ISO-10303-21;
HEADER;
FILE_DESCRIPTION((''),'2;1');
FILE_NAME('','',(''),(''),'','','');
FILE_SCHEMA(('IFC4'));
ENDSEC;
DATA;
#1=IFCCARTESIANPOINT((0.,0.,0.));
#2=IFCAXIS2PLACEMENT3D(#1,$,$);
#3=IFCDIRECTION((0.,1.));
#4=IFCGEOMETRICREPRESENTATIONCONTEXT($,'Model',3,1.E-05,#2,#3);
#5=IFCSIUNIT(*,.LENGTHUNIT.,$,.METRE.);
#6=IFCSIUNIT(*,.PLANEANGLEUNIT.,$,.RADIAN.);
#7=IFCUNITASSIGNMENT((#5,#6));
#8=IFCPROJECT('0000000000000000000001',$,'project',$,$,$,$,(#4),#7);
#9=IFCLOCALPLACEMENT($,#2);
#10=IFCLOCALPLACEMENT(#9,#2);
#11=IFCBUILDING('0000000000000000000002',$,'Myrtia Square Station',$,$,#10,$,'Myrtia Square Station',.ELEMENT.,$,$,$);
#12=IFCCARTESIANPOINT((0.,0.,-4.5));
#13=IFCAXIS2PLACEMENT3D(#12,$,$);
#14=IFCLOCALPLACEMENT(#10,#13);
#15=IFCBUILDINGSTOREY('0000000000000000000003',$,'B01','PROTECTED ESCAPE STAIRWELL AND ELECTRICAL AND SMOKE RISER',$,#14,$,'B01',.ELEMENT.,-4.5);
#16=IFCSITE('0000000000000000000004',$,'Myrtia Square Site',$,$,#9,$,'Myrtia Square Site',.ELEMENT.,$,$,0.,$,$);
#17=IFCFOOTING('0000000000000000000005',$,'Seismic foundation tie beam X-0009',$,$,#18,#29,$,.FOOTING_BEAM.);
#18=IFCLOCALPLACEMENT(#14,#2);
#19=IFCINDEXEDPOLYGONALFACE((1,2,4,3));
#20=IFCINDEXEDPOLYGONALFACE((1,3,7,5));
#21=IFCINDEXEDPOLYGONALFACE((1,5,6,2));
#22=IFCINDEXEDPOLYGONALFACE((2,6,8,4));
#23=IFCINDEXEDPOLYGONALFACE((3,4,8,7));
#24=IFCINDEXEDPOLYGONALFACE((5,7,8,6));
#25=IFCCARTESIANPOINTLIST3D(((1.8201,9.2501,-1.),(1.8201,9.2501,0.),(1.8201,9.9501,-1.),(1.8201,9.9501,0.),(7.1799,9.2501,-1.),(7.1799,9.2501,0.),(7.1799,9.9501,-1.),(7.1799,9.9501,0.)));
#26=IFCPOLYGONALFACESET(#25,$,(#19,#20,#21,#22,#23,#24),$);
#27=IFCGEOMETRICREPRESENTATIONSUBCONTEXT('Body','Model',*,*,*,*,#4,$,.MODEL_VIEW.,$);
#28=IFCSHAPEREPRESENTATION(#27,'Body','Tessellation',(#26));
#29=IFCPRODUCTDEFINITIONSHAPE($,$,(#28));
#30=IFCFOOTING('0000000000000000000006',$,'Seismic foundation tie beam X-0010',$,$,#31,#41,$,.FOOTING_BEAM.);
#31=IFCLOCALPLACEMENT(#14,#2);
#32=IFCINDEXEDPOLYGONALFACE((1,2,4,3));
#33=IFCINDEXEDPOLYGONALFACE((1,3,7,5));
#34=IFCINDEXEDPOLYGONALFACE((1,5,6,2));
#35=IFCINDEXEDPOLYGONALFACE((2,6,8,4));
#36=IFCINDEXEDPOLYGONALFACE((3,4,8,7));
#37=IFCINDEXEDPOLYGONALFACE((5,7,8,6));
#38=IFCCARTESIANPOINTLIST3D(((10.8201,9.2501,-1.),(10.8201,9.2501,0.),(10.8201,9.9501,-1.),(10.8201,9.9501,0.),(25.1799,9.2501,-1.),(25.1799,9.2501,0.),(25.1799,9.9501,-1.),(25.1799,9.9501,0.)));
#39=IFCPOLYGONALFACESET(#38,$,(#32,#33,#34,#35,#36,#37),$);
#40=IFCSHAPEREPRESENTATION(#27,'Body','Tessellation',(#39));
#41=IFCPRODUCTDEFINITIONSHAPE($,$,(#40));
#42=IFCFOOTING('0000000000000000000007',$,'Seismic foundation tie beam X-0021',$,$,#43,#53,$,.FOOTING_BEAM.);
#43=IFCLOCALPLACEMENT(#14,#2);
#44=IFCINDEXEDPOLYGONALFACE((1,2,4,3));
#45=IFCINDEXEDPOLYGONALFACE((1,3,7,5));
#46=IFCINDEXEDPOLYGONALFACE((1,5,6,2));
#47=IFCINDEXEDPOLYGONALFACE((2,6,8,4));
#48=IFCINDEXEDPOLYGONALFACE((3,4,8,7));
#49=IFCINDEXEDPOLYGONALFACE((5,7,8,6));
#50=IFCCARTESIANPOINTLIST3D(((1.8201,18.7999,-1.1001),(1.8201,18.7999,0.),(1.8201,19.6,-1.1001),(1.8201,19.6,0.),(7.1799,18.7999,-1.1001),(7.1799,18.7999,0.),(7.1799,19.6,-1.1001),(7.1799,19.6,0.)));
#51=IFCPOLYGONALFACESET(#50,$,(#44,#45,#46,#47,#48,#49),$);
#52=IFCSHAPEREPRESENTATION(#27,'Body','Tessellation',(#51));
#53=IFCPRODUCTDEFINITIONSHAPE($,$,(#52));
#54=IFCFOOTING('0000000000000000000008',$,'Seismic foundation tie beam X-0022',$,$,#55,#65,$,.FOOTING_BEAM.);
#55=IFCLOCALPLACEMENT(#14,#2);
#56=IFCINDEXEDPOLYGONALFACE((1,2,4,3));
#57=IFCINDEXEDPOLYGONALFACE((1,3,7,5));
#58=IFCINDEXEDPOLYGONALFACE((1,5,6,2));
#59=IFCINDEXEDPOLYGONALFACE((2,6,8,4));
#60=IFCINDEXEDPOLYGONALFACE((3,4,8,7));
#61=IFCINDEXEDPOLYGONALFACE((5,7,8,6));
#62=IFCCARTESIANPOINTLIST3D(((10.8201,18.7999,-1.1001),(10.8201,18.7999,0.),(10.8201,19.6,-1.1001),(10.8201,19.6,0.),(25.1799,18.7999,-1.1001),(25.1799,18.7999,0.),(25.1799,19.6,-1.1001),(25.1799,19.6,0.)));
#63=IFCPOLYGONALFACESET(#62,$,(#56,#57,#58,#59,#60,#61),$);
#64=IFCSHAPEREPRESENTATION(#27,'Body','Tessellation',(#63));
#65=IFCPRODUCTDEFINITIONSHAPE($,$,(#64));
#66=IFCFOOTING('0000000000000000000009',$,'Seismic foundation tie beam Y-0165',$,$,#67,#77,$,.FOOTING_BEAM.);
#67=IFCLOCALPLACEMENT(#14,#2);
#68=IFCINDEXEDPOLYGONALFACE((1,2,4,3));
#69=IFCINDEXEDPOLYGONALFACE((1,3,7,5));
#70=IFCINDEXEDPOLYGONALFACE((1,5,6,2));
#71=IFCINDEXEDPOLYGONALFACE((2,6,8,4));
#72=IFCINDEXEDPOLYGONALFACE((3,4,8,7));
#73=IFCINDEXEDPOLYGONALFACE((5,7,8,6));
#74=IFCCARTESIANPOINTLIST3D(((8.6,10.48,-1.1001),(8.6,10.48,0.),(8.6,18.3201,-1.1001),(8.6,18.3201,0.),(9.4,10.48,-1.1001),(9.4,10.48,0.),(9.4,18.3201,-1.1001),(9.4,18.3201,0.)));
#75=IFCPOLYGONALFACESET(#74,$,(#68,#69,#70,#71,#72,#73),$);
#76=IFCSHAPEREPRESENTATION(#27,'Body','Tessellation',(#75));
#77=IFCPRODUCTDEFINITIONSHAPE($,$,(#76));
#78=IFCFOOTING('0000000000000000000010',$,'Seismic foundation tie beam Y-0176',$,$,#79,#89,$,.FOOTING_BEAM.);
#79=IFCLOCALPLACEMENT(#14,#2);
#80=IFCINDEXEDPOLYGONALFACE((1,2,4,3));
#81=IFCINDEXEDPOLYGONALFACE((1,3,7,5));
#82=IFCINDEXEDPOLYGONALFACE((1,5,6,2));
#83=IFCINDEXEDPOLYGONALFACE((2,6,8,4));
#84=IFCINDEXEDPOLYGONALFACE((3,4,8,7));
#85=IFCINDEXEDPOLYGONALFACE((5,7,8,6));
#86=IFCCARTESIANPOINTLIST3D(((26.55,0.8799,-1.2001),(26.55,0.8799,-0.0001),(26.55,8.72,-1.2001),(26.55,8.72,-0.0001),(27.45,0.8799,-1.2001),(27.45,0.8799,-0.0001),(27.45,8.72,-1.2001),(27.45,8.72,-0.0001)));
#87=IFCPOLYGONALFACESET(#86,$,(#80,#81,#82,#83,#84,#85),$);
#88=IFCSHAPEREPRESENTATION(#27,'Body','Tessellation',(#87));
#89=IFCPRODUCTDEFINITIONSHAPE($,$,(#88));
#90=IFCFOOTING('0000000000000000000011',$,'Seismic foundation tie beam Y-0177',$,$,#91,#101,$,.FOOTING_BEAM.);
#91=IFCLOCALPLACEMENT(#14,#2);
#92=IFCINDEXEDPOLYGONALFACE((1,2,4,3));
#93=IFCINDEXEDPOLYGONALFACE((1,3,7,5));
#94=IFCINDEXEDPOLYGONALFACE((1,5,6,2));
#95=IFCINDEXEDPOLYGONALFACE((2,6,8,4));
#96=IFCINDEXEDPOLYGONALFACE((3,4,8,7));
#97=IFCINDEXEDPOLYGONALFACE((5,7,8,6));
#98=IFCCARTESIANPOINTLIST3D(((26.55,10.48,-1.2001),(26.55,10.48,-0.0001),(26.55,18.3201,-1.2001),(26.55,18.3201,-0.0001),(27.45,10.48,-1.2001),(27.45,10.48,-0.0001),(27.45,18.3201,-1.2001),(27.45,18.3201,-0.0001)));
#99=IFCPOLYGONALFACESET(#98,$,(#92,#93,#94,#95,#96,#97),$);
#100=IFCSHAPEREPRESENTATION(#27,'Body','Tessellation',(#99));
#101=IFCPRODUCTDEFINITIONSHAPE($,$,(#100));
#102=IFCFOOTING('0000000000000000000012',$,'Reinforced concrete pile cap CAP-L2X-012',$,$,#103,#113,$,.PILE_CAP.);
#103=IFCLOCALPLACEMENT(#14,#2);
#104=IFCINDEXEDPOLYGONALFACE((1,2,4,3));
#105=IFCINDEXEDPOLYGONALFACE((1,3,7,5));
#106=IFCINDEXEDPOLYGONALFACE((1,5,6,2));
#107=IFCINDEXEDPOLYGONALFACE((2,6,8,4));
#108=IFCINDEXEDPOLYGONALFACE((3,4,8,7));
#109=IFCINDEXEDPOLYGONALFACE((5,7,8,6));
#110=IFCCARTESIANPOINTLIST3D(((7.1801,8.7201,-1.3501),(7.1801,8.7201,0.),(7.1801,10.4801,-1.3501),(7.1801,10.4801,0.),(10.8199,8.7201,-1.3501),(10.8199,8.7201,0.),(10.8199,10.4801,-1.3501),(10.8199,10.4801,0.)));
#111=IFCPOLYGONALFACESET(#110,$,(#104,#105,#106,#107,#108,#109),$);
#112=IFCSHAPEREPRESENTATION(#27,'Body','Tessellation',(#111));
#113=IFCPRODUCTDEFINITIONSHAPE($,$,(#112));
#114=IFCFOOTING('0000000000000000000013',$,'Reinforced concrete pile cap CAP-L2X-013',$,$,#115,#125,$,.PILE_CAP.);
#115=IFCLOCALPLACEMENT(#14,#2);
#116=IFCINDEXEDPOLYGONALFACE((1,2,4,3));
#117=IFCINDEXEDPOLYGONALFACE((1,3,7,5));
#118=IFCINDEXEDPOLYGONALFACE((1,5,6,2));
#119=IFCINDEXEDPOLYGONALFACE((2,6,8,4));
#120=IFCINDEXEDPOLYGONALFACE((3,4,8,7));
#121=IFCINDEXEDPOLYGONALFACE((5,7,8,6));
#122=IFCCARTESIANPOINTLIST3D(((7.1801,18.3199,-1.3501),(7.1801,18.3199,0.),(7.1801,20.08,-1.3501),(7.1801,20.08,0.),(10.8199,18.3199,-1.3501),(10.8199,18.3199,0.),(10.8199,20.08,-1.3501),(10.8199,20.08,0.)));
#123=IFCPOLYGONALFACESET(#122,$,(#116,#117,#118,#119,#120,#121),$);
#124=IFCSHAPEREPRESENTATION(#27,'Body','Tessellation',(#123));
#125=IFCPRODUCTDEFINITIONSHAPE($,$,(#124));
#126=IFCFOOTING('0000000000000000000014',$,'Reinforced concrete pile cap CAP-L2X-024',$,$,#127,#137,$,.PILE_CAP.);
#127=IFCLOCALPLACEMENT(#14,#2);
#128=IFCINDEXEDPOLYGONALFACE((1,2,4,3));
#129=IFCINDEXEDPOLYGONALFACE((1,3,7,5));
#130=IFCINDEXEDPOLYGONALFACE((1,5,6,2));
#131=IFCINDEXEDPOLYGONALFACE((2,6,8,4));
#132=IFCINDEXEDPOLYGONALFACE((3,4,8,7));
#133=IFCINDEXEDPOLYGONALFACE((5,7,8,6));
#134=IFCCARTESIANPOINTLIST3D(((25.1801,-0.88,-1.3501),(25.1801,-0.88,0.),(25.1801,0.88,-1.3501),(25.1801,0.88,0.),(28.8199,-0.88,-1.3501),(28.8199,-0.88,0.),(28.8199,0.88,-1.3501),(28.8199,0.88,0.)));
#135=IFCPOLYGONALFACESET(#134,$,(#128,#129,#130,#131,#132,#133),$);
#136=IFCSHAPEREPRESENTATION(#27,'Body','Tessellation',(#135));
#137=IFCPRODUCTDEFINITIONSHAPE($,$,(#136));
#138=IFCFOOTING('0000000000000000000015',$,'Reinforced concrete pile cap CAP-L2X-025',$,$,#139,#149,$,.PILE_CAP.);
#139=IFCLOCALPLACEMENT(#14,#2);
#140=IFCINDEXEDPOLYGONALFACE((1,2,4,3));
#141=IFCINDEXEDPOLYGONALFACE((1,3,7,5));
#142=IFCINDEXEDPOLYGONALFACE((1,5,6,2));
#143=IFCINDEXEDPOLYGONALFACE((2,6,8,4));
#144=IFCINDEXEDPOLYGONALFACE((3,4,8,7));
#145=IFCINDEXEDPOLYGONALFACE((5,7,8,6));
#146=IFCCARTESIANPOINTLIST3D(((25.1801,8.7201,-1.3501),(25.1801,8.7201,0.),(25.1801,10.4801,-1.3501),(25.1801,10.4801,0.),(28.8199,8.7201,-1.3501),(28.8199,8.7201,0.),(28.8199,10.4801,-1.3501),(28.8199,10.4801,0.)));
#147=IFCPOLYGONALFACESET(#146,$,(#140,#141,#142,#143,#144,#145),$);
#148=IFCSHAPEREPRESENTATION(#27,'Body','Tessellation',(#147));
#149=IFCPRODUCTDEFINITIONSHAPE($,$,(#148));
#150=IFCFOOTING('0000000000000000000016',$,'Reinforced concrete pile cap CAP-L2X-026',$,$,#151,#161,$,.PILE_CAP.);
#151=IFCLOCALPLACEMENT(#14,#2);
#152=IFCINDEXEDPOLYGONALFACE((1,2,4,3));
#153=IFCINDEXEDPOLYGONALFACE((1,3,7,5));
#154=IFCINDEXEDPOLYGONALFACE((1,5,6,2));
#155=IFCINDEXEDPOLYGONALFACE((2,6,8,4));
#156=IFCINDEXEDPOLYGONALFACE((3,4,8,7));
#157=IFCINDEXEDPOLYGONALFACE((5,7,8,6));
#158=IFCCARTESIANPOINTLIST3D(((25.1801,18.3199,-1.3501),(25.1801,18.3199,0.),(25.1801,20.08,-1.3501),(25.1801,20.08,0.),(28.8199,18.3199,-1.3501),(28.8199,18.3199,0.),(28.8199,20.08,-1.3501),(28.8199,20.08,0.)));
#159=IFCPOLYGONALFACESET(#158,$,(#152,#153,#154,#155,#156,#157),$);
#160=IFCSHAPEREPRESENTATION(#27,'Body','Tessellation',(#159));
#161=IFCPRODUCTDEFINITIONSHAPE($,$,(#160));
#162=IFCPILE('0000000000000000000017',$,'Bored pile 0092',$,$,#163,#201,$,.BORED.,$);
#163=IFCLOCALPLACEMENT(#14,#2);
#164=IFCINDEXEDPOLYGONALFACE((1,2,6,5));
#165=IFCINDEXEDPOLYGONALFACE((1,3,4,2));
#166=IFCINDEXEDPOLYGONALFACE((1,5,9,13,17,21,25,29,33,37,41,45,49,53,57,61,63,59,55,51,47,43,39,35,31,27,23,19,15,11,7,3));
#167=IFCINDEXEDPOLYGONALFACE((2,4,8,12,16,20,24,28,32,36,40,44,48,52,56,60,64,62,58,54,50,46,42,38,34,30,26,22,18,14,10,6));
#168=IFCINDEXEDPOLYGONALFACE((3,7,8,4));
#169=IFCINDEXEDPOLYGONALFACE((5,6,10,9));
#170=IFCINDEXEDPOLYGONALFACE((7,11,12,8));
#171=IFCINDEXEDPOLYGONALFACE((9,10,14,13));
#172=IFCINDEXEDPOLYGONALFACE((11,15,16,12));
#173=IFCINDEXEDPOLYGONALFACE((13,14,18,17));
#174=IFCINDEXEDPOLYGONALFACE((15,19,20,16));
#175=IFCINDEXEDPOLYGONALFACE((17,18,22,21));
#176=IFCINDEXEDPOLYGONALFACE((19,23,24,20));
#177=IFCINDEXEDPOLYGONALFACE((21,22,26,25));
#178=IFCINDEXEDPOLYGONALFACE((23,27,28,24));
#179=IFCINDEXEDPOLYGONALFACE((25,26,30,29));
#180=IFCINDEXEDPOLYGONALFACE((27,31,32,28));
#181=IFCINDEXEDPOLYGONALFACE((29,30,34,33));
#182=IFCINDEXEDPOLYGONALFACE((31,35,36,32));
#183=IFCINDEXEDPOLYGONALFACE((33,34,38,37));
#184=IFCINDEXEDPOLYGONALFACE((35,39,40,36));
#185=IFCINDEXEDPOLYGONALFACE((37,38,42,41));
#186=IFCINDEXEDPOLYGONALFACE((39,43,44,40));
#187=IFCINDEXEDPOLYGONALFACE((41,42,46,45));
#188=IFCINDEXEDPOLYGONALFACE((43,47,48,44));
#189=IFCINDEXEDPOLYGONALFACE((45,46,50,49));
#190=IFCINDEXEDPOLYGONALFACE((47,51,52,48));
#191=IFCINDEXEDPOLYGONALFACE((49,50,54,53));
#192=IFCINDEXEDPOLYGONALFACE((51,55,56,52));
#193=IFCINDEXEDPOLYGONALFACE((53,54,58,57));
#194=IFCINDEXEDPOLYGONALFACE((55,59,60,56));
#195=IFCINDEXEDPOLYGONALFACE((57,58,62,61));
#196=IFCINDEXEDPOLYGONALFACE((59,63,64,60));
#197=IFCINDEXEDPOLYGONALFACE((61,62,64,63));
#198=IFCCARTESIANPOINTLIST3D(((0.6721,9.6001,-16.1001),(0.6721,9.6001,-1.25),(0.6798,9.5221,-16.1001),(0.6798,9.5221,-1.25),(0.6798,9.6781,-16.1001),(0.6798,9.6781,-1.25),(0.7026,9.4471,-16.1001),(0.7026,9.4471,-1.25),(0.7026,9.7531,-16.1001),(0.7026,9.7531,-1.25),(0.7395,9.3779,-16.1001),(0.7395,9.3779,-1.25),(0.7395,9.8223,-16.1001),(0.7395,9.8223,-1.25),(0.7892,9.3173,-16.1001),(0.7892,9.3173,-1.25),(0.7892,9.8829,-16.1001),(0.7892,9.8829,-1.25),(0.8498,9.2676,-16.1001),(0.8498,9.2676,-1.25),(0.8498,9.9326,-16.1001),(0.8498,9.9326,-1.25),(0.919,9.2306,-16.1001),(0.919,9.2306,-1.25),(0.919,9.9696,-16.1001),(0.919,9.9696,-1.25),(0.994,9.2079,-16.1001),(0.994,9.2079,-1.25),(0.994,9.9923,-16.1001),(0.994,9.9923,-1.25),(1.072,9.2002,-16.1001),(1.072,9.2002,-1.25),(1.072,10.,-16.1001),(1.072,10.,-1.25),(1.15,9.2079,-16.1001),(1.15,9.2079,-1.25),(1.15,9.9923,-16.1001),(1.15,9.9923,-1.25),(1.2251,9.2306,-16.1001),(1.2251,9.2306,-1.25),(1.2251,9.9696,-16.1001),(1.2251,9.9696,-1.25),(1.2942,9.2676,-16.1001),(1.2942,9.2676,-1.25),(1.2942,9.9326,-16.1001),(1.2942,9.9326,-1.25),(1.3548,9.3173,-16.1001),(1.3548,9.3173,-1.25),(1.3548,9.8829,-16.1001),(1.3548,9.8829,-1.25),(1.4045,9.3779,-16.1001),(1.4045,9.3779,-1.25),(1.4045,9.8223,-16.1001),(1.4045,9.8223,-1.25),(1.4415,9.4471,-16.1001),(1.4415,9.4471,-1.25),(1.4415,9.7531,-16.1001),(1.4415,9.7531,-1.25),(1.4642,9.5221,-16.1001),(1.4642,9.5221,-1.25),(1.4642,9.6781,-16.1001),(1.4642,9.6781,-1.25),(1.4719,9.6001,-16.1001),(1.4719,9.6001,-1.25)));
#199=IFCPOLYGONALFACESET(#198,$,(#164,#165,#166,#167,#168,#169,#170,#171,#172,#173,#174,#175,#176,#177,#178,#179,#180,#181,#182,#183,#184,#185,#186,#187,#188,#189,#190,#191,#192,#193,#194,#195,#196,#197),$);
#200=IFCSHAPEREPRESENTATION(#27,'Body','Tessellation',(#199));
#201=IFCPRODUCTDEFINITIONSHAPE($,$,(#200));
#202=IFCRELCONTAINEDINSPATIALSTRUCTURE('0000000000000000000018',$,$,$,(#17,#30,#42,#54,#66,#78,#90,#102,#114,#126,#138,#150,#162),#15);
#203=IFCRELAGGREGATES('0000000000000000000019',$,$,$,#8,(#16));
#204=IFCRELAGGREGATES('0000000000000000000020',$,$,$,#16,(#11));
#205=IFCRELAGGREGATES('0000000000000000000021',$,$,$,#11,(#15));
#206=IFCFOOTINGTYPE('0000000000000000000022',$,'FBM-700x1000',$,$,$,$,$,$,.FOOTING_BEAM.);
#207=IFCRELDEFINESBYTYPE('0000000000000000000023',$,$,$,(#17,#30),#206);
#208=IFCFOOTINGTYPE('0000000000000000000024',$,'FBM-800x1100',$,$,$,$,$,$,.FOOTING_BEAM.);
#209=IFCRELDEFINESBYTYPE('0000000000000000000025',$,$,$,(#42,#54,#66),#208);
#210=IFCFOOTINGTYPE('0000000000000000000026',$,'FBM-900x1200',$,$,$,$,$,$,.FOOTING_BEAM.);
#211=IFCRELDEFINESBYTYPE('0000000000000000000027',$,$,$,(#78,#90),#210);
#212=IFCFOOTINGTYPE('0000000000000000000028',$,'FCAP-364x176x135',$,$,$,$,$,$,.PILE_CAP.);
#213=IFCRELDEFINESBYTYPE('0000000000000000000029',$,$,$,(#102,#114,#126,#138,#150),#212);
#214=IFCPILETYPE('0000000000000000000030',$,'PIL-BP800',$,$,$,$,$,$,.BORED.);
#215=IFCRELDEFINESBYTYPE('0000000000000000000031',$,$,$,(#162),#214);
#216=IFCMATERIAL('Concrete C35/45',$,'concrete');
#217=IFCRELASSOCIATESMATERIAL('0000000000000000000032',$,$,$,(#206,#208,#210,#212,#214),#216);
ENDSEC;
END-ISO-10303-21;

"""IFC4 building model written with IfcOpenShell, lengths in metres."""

from ifc_helpers import new_model, si_unit, direction, frame, origin, origin_2d, place, context, subcontext, project, spatial, rectangle, circle, extrude, material, material_profile, profile_set, type_object, element, save


model = new_model("IFC4")

# Units and contexts
model_context = context("Model", 3, precision=1e-05, world=origin(), true_north=direction((0.0, 1.0)))
body_context = subcontext(model_context, "Body", "Model", "MODEL_VIEW")
ifc_project = project(units=[si_unit("LENGTHUNIT", "METRE"), si_unit("PLANEANGLEUNIT", "RADIAN")], contexts=[model_context])

# Site, building, storey
site_placement = place(None, origin())
site = spatial("IfcSite", under=ifc_project, at=site_placement, Name="Myrtia Square Site", LongName="Myrtia Square Site", CompositionType="ELEMENT", RefElevation=0.0)
building_placement = place(site_placement, origin())
building = spatial("IfcBuilding", under=site, at=building_placement, Name="Myrtia Square Station", LongName="Myrtia Square Station", CompositionType="ELEMENT")
storey_placement = place(building_placement, frame((0.0, 0.0, -4.5)))
storey = spatial("IfcBuildingStorey", under=building, at=storey_placement, Name="B01", Description="PROTECTED ESCAPE STAIRWELL AND ELECTRICAL AND SMOKE RISER", LongName="B01", CompositionType="ELEMENT", Elevation=-4.5)

# Footings
ifc_material_1 = material(Name="Concrete C35/45", Category="concrete")
ifc_material_profile_1 = material_profile(ifc_material_1, rectangle(XDim=0.7, YDim=1.0, at=origin_2d()), Name="FB 700x1000")
ifc_profile_set_1 = profile_set([ifc_material_profile_1], Name="Concrete C35/45")
footing_type_1 = type_object("IfcFootingType", Name="FBM-700x1000", PredefinedType="FOOTING_BEAM", material=ifc_profile_set_1)
footing_1_placement = place(storey_placement, frame((1.8201, 9.6001, -0.5), z_axis=(1.0, 0.0, 0.0), x_axis=(0.0, 1.0, 0.0)))
element("IfcFooting", 1, at=footing_1_placement, inside=storey, type_object=footing_type_1, Name="Seismic foundation tie beam X-0009", PredefinedType="FOOTING_BEAM", context=body_context, shape_type="SweptSolid", body=[
    extrude(rectangle(XDim=0.7, YDim=1.0, at=origin_2d()), origin(), (0.0, 0.0, 1.0), 5.3599),
])
footing_2_placement = place(storey_placement, frame((10.8201, 9.6001, -0.5), z_axis=(1.0, 0.0, 0.0), x_axis=(0.0, 1.0, 0.0)))
element("IfcFooting", 2, at=footing_2_placement, inside=storey, type_object=footing_type_1, Name="Seismic foundation tie beam X-0010", PredefinedType="FOOTING_BEAM", context=body_context, shape_type="SweptSolid", body=[
    extrude(rectangle(XDim=0.7, YDim=1.0, at=origin_2d()), origin(), (0.0, 0.0, 1.0), 14.3599),
])
ifc_material_profile_2 = material_profile(ifc_material_1, rectangle(XDim=0.8, YDim=1.1001, at=origin_2d()), Name="FB 800x1100")
ifc_profile_set_2 = profile_set([ifc_material_profile_2], Name="Concrete C35/45")
footing_type_2 = type_object("IfcFootingType", Name="FBM-800x1100", PredefinedType="FOOTING_BEAM", material=ifc_profile_set_2)
footing_3_placement = place(storey_placement, frame((1.8201, 19.2, -0.55), z_axis=(1.0, 0.0, 0.0), x_axis=(0.0, 1.0, 0.0)))
element("IfcFooting", 3, at=footing_3_placement, inside=storey, type_object=footing_type_2, Name="Seismic foundation tie beam X-0021", PredefinedType="FOOTING_BEAM", context=body_context, shape_type="SweptSolid", body=[
    extrude(rectangle(XDim=0.8, YDim=1.1001, at=origin_2d()), origin(), (0.0, 0.0, 1.0), 5.3599),
])
footing_4_placement = place(storey_placement, frame((10.8201, 19.2, -0.55), z_axis=(1.0, 0.0, 0.0), x_axis=(0.0, 1.0, 0.0)))
element("IfcFooting", 4, at=footing_4_placement, inside=storey, type_object=footing_type_2, Name="Seismic foundation tie beam X-0022", PredefinedType="FOOTING_BEAM", context=body_context, shape_type="SweptSolid", body=[
    extrude(rectangle(XDim=0.8, YDim=1.1001, at=origin_2d()), origin(), (0.0, 0.0, 1.0), 14.3599),
])
footing_5_placement = place(storey_placement, frame((9.0, 10.48, -0.55), z_axis=(0.0, 1.0, 0.0), x_axis=(-1.0, 0.0, 0.0)))
element("IfcFooting", 5, at=footing_5_placement, inside=storey, type_object=footing_type_2, Name="Seismic foundation tie beam Y-0165", PredefinedType="FOOTING_BEAM", context=body_context, shape_type="SweptSolid", body=[
    extrude(rectangle(XDim=0.8, YDim=1.1001, at=origin_2d()), origin(), (0.0, 0.0, 1.0), 7.8401),
])
ifc_material_profile_3 = material_profile(ifc_material_1, rectangle(XDim=0.8999, YDim=1.2, at=origin_2d()), Name="FB 900x1200")
ifc_profile_set_3 = profile_set([ifc_material_profile_3], Name="Concrete C35/45")
footing_type_3 = type_object("IfcFootingType", Name="FBM-900x1200", PredefinedType="FOOTING_BEAM", material=ifc_profile_set_3)
for number, where, z_axis, x_axis, name in (
    (6, (27.0, 0.8799, -0.6001), (0.0, 1.0, 0.0), (-1.0, 0.0, 0.0), "Seismic foundation tie beam Y-0176"),
    (7, (27.0, 10.48, -0.6001), (0.0, 1.0, 0.0), (-1.0, 0.0, 0.0), "Seismic foundation tie beam Y-0177"),
):
    element("IfcFooting", number, at=place(storey_placement, frame(where, z_axis=z_axis, x_axis=x_axis)), inside=storey, type_object=footing_type_3, Name=name, PredefinedType="FOOTING_BEAM", context=body_context, shape_type="SweptSolid", body=[
        extrude(rectangle(XDim=0.8999, YDim=1.2, at=origin_2d()), origin(), (0.0, 0.0, 1.0), 7.8401),
    ])
footing_type_4 = type_object("IfcFootingType", Name="FCAP-364x176x135", PredefinedType="PILE_CAP", material=ifc_material_1)
for number, where, z_axis, x_axis, name in (
    (8, (9.0, 9.6001, -1.3501), (0.0, 0.0, 1.0), (1.0, 0.0, 0.0), "Reinforced concrete pile cap CAP-L2X-012"),
    (9, (9.0, 19.2, -1.3501), (0.0, 0.0, 1.0), (1.0, 0.0, 0.0), "Reinforced concrete pile cap CAP-L2X-013"),
    (10, (27.0, 0.0, -1.3501), (0.0, 0.0, 1.0), (1.0, 0.0, 0.0), "Reinforced concrete pile cap CAP-L2X-024"),
    (11, (27.0, 9.6001, -1.3501), (0.0, 0.0, 1.0), (1.0, 0.0, 0.0), "Reinforced concrete pile cap CAP-L2X-025"),
    (12, (27.0, 19.2, -1.3501), (0.0, 0.0, 1.0), (1.0, 0.0, 0.0), "Reinforced concrete pile cap CAP-L2X-026"),
):
    element("IfcFooting", number, at=place(storey_placement, frame(where, z_axis=z_axis, x_axis=x_axis)), inside=storey, type_object=footing_type_4, Name=name, PredefinedType="PILE_CAP", context=body_context, shape_type="SweptSolid", body=[
        extrude(rectangle(XDim=3.6399, YDim=1.76, at=origin_2d()), origin(), (0.0, 0.0, 1.0), 1.3501),
    ])

# Pile
ifc_material_profile_4 = material_profile(ifc_material_1, circle(Radius=0.3999, at=origin_2d()), Name="BP D800")
ifc_profile_set_4 = profile_set([ifc_material_profile_4], Name="Concrete C35/45")
pile_type = type_object("IfcPileType", Name="PIL-BP800", PredefinedType="BORED", material=ifc_profile_set_4)
for number, where, z_axis, x_axis, name in (
    (13, (1.072, 9.6001, -1.25), (0.0, 0.0, -1.0), (1.0, 0.0, 0.0), "Bored pile 0092"),
):
    element("IfcPile", number, at=place(storey_placement, frame(where, z_axis=z_axis, x_axis=x_axis)), inside=storey, type_object=pile_type, Name=name, PredefinedType="BORED", context=body_context, shape_type="SweptSolid", body=[
        extrude(circle(Radius=0.3999, at=origin_2d()), origin(), (0.0, 0.0, 1.0), 14.8501),
    ])

save(model, "model.ifc")
